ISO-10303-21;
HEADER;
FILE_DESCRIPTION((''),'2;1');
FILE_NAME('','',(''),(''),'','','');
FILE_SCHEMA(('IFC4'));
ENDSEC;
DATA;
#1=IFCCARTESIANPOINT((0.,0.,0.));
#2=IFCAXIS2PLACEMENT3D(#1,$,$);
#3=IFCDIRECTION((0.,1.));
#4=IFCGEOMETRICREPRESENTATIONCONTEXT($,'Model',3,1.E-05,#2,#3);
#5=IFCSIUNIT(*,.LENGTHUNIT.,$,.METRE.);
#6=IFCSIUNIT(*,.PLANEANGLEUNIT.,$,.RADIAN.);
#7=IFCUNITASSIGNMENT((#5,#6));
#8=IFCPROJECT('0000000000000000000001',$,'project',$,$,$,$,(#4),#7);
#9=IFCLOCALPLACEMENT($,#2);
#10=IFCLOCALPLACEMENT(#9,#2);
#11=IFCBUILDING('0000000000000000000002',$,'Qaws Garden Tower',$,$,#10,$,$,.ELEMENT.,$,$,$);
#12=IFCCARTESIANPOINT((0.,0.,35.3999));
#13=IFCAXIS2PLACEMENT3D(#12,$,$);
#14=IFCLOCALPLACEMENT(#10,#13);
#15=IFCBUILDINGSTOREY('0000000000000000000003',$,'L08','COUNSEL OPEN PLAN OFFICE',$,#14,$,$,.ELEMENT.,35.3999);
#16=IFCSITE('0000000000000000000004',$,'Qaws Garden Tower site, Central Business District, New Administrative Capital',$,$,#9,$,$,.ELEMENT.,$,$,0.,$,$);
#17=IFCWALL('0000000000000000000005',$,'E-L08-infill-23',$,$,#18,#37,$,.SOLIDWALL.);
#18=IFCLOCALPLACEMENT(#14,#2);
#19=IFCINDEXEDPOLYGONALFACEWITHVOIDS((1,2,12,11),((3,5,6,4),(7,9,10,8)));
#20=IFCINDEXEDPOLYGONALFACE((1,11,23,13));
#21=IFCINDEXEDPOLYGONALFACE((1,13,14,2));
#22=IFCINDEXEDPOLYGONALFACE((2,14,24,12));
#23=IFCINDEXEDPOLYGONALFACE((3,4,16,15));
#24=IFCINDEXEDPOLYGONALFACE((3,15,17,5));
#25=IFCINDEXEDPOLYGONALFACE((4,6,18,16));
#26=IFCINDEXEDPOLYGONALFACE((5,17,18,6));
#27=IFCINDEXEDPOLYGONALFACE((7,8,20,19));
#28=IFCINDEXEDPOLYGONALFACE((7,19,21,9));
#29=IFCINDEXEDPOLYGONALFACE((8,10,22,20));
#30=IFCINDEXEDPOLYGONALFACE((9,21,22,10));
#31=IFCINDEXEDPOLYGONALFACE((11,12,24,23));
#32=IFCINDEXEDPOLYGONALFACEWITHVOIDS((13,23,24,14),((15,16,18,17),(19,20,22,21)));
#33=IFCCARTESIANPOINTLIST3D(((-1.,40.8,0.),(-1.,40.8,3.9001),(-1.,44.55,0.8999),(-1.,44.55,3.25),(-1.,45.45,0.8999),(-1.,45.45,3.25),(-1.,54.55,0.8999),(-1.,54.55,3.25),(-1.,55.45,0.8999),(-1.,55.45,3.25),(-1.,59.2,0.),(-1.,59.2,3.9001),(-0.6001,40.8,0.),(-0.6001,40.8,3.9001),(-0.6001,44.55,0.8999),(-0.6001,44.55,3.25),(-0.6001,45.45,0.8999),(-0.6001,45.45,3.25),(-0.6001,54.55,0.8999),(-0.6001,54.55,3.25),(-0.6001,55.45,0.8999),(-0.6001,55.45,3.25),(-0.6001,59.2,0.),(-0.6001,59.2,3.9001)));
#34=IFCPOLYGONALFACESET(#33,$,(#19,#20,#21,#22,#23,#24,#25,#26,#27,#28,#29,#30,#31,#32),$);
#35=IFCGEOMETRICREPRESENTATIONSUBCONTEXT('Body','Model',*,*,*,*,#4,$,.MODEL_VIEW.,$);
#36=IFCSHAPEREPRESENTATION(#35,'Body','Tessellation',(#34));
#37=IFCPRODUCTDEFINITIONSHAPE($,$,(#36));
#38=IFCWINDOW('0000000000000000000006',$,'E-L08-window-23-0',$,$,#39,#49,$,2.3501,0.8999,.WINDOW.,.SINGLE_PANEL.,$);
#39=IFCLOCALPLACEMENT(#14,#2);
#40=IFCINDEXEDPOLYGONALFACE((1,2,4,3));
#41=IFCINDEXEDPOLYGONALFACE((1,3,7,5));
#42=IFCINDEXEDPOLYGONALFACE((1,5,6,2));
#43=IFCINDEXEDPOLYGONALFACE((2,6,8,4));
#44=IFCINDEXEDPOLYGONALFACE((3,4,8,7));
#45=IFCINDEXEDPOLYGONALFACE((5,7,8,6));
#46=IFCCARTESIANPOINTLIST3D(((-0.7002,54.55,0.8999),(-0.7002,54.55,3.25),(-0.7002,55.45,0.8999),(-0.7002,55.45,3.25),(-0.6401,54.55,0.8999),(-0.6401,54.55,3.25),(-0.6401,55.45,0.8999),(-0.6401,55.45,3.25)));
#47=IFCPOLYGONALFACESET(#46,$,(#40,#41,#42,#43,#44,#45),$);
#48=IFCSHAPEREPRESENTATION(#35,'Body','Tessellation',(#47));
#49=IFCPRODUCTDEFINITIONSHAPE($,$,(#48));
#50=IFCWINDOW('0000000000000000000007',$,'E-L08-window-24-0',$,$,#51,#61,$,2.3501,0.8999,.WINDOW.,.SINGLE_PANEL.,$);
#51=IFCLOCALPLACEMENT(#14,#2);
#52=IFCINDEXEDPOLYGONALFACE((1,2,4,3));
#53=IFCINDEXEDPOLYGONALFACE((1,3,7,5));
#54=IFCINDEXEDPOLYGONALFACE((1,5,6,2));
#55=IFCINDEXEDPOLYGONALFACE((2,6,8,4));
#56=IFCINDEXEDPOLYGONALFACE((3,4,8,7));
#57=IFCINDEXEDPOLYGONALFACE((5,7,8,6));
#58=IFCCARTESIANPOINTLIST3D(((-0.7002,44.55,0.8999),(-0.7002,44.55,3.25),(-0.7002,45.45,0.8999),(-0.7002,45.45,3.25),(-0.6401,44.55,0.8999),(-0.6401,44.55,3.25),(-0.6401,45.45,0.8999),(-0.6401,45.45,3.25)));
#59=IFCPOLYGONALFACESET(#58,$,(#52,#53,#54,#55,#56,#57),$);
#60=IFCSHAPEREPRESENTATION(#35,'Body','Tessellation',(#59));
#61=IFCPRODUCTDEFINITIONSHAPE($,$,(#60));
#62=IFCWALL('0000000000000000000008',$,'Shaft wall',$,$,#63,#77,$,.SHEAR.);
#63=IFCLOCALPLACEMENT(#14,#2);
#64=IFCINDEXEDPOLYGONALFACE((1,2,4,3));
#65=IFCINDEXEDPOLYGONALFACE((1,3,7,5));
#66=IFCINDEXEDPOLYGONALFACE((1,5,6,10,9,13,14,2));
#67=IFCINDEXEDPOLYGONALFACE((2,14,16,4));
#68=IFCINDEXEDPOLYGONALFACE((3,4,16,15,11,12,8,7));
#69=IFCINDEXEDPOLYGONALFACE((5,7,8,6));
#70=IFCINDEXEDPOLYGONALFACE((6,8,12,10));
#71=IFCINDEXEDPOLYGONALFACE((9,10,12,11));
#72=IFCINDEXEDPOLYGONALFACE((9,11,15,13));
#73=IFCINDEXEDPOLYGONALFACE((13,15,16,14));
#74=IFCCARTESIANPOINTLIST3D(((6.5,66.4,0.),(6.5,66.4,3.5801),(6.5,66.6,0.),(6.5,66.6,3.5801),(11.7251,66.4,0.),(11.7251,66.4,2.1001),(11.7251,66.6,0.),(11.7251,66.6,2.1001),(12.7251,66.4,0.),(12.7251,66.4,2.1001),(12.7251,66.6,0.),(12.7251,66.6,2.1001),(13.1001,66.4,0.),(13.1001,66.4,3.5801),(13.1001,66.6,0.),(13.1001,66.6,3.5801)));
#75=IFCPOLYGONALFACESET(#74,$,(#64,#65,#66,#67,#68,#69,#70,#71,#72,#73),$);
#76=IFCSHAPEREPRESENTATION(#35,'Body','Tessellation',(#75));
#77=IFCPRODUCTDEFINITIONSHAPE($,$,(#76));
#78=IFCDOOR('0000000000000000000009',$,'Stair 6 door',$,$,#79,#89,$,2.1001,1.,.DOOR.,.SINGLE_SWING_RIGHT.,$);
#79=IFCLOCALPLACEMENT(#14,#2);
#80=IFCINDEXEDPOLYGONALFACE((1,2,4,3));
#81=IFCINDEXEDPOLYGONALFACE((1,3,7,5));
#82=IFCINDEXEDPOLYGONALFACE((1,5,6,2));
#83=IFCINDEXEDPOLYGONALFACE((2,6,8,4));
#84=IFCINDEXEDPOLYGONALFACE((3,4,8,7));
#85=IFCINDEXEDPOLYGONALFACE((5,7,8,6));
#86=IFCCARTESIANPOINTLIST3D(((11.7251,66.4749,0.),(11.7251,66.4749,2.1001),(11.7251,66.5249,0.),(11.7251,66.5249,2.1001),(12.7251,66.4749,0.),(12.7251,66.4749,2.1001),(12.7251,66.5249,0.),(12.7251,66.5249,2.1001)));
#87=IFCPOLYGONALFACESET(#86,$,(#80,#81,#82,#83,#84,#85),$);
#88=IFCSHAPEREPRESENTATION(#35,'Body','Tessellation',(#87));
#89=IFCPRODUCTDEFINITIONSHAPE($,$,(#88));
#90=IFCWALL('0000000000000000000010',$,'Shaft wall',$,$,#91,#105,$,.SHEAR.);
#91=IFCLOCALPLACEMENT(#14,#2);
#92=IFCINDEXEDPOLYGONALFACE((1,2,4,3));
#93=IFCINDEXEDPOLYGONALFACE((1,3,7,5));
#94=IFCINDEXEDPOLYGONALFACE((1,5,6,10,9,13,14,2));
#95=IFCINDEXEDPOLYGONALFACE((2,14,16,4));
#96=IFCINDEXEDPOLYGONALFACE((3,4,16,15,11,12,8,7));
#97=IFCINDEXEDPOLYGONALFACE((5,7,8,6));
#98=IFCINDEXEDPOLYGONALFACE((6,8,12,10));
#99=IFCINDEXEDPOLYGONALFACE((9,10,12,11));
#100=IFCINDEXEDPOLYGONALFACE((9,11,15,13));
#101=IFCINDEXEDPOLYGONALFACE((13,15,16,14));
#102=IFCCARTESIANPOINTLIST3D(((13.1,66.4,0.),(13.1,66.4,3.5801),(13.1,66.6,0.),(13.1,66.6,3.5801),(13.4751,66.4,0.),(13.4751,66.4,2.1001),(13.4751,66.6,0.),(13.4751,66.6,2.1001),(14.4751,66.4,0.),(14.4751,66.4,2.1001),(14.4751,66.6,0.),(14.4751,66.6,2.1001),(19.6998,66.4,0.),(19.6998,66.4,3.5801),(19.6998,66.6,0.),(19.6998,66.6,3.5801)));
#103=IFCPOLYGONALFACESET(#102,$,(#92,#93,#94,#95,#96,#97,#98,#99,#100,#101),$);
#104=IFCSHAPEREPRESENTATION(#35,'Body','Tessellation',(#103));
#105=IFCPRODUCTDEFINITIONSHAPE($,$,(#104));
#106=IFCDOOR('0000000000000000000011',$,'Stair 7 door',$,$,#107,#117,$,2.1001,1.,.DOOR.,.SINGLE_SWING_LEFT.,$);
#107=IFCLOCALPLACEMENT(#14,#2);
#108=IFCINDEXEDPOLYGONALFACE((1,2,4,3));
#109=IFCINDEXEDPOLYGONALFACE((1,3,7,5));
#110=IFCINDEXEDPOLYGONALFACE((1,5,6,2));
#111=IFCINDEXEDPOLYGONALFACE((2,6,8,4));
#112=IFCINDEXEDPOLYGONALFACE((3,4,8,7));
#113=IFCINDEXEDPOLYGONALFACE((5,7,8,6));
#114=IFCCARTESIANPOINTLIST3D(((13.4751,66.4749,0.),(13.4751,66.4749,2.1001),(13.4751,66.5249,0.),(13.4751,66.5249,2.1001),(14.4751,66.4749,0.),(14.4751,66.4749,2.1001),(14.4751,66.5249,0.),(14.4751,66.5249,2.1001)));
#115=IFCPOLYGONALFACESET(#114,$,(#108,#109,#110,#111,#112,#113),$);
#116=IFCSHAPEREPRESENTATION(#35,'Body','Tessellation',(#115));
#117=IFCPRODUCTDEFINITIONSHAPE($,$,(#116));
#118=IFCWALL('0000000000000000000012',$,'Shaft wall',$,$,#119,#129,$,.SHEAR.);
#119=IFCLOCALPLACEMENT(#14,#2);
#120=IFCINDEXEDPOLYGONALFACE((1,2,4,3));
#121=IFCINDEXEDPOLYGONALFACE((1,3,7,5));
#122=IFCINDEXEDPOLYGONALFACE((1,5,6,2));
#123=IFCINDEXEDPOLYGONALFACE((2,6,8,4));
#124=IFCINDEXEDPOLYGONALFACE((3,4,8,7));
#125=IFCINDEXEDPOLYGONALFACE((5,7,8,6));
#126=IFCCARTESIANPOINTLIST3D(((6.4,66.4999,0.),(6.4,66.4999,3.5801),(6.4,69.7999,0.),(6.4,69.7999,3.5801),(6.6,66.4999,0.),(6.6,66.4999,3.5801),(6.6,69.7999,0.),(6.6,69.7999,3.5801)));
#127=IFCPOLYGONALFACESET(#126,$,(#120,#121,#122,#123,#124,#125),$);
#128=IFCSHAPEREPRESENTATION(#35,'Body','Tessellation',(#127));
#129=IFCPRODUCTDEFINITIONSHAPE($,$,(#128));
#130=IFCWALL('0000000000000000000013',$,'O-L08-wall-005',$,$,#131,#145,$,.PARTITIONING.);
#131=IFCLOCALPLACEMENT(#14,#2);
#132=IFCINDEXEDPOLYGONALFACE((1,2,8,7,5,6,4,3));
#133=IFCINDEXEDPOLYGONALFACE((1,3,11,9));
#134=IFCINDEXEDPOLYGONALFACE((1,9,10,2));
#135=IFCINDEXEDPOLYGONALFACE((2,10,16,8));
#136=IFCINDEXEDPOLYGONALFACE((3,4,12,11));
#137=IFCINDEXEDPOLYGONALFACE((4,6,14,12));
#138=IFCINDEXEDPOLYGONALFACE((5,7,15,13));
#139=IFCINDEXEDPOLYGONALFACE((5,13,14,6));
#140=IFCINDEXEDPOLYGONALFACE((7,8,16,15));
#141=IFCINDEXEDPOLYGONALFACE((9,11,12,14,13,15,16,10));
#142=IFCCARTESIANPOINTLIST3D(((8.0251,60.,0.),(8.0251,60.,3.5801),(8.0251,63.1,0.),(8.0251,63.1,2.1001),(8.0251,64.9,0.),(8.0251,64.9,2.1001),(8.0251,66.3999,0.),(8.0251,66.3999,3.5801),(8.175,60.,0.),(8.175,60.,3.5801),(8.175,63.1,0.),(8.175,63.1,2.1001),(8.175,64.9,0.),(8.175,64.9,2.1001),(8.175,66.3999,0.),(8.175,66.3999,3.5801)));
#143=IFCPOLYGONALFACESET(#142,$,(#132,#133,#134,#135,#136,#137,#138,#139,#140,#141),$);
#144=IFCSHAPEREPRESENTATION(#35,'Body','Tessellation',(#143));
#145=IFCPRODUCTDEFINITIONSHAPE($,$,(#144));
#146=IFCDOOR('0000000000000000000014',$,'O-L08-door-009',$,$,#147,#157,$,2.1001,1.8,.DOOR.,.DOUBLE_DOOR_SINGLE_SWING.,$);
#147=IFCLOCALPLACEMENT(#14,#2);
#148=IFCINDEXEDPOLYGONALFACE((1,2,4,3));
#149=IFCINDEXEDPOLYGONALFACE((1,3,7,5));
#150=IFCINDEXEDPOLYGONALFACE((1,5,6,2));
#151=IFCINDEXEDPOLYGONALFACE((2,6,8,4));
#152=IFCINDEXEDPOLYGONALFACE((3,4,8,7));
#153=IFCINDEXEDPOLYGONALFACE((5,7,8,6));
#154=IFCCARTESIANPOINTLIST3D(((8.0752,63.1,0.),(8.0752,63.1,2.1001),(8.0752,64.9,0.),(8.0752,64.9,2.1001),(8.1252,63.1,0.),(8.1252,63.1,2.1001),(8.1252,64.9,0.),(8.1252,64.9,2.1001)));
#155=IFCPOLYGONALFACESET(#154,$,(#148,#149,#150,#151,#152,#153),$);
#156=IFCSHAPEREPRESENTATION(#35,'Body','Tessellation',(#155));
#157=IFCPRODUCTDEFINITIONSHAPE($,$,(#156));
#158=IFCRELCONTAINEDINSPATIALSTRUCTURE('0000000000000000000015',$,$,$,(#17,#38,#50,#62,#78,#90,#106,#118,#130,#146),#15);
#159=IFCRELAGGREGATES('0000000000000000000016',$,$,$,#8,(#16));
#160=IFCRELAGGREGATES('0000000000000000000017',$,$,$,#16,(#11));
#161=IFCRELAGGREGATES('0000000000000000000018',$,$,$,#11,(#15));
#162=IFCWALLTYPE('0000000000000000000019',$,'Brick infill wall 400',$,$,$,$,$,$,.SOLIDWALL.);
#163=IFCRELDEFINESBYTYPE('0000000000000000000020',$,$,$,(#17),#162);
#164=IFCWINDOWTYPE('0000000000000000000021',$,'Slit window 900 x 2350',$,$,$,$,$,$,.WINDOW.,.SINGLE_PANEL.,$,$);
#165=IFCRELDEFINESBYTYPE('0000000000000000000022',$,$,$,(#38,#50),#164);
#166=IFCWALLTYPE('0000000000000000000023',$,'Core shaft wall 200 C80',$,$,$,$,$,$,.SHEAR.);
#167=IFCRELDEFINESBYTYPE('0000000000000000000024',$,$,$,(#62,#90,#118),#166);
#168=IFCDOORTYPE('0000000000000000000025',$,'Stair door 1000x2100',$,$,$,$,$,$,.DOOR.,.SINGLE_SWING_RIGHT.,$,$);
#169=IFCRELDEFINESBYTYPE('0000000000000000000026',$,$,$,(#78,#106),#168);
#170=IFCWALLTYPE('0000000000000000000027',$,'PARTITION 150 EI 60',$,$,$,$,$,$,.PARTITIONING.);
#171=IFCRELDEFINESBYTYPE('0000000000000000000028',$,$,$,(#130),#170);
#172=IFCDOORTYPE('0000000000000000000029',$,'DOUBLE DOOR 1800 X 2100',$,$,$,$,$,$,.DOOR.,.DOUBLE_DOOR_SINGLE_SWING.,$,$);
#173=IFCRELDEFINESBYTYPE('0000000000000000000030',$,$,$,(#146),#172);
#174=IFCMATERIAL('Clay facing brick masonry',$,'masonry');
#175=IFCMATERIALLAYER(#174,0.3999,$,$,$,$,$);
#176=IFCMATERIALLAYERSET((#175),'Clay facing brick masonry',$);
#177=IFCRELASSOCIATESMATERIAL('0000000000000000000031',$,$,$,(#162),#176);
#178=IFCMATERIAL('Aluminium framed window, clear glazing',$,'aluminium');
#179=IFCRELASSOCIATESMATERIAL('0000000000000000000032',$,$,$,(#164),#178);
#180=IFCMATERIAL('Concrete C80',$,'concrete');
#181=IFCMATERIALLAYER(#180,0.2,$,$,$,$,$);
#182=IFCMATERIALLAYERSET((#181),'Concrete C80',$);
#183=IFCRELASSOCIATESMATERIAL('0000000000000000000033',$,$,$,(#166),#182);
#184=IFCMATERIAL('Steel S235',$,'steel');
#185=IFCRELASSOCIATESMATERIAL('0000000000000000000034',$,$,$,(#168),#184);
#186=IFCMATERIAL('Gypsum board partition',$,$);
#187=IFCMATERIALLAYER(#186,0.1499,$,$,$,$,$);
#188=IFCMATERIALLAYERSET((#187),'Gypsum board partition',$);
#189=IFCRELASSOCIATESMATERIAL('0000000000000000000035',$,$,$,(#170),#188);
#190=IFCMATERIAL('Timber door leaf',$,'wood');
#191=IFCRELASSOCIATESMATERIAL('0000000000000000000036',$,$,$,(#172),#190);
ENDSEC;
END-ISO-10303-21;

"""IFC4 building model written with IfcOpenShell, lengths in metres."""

from ifc_helpers import new_model, si_unit, direction, frame, frame_2d, origin, place, context, subcontext, project, spatial, rectangle, extrude, material, layer, layer_set, type_object, element, fill, save


model = new_model("IFC4")

# Units and contexts
model_context = context("Model", 3, precision=1e-05, world=origin(), true_north=direction((0.0, 1.0)))
body_context = subcontext(model_context, "Body", "Model", "MODEL_VIEW")
ifc_project = project(units=[si_unit("LENGTHUNIT", "METRE"), si_unit("PLANEANGLEUNIT", "RADIAN")], contexts=[model_context])

# Site, building, storey
site_placement = place(None, origin())
site = spatial("IfcSite", under=ifc_project, at=site_placement, Name="Qaws Garden Tower site, Central Business District, New Administrative Capital", CompositionType="ELEMENT", RefElevation=0.0)
building_placement = place(site_placement, origin())
building = spatial("IfcBuilding", under=site, at=building_placement, Name="Qaws Garden Tower", CompositionType="ELEMENT")
storey_placement = place(building_placement, frame((0.0, 0.0, 35.3999)))
storey = spatial("IfcBuildingStorey", under=building, at=storey_placement, Name="L08", Description="COUNSEL OPEN PLAN OFFICE", CompositionType="ELEMENT", Elevation=35.3999)

# Shared definitions
ifc_material_1 = material(Name="Clay facing brick masonry", Category="masonry")
ifc_layer_1 = layer(ifc_material_1, 0.3999)
ifc_layer_set_1 = layer_set([ifc_layer_1], Name="Clay facing brick masonry")
wall_type_1 = type_object("IfcWallType", Name="Brick infill wall 400", PredefinedType="SOLIDWALL", material=ifc_layer_set_1)

# Wall, openings, windows
wall_1_placement = place(storey_placement, frame((-0.8, 59.2, 0.0), z_axis=(0.0, 0.0, 1.0), x_axis=(0.0, -1.0, 0.0)))
wall_1 = element("IfcWall", 1, at=wall_1_placement, inside=storey, type_object=wall_type_1, Name="E-L08-infill-23", PredefinedType="SOLIDWALL", context=body_context, shape_type="SweptSolid", body=[
    extrude(rectangle(XDim=18.3999, YDim=0.3999, at=frame_2d((9.2, 0.0))), origin(), (0.0, 0.0, 1.0), 3.9001),
])
opening_1_placement = place(wall_1_placement, frame((3.75, 0.0, 0.8999)))
opening_1 = element("IfcOpeningElement", 2, at=opening_1_placement, cuts=wall_1, PredefinedType="OPENING", context=body_context, shape_type="SweptSolid", body=[
    extrude(rectangle(XDim=0.8999, YDim=2.3501, at=frame_2d((0.45, 1.175))), frame((0.0, 0.21, 0.0), z_axis=(0.0, -1.0, 0.0), x_axis=(1.0, 0.0, 0.0)), (0.0, 0.0, 1.0), 0.4199),
])
opening_2_placement = place(wall_1_placement, frame((13.75, 0.0, 0.8999)))
opening_2 = element("IfcOpeningElement", 3, at=opening_2_placement, cuts=wall_1, PredefinedType="OPENING", context=body_context, shape_type="SweptSolid", body=[
    extrude(rectangle(XDim=0.8999, YDim=2.3501, at=frame_2d((0.45, 1.175))), frame((0.0, 0.21, 0.0), z_axis=(0.0, -1.0, 0.0), x_axis=(1.0, 0.0, 0.0)), (0.0, 0.0, 1.0), 0.4199),
])
ifc_material_2 = material(Name="Aluminium framed window, clear glazing", Category="aluminium")
window_type_1 = type_object("IfcWindowType", Name="Slit window 900 x 2350", PartitioningType="SINGLE_PANEL", PredefinedType="WINDOW", material=ifc_material_2)
window_1_placement = place(opening_1_placement, origin())
window_1 = element("IfcWindow", 4, at=window_1_placement, inside=storey, type_object=window_type_1, Name="E-L08-window-23-0", OverallHeight=2.3501, OverallWidth=0.8999, PartitioningType="SINGLE_PANEL", PredefinedType="WINDOW", context=body_context, shape_type="SweptSolid", body=[
    extrude(rectangle(XDim=0.8999, YDim=2.3501, at=frame_2d((0.45, 1.175))), frame((0.0, 0.1599, 0.0), z_axis=(0.0, -1.0, 0.0), x_axis=(1.0, 0.0, 0.0)), (0.0, 0.0, 1.0), 0.0601),
])
fill(opening_1, window_1)
window_2_placement = place(opening_2_placement, origin())
window_2 = element("IfcWindow", 5, at=window_2_placement, inside=storey, type_object=window_type_1, Name="E-L08-window-24-0", OverallHeight=2.3501, OverallWidth=0.8999, PartitioningType="SINGLE_PANEL", PredefinedType="WINDOW", context=body_context, shape_type="SweptSolid", body=[
    extrude(rectangle(XDim=0.8999, YDim=2.3501, at=frame_2d((0.45, 1.175))), frame((0.0, 0.1599, 0.0), z_axis=(0.0, -1.0, 0.0), x_axis=(1.0, 0.0, 0.0)), (0.0, 0.0, 1.0), 0.0601),
])
fill(opening_2, window_2)

# Walls, openings, doors
ifc_material_3 = material(Name="Concrete C80", Category="concrete")
ifc_layer_2 = layer(ifc_material_3, 0.2)
ifc_layer_set_2 = layer_set([ifc_layer_2], Name="Concrete C80")
wall_type_2 = type_object("IfcWallType", Name="Core shaft wall 200 C80", PredefinedType="SHEAR", material=ifc_layer_set_2)
wall_2_placement = place(storey_placement, frame((6.5, 66.5, 0.0), z_axis=(0.0, 0.0, 1.0), x_axis=(1.0, 0.0, 0.0)))
wall_2 = element("IfcWall", 6, at=wall_2_placement, inside=storey, type_object=wall_type_2, Name="Shaft wall", PredefinedType="SHEAR", context=body_context, shape_type="SweptSolid", body=[
    extrude(rectangle(XDim=6.6001, YDim=0.2, at=frame_2d((3.3, 0.0))), origin(), (0.0, 0.0, 1.0), 3.5801),
])
opening_3_placement = place(wall_2_placement, frame((5.2251, 0.0, 0.0)))
opening_3 = element("IfcOpeningElement", 7, at=opening_3_placement, cuts=wall_2, PredefinedType="OPENING", context=body_context, shape_type="SweptSolid", body=[
    extrude(rectangle(XDim=1.0, YDim=2.1001, at=frame_2d((0.5, 1.05))), frame((0.0, 0.1099, 0.0), z_axis=(0.0, -1.0, 0.0), x_axis=(1.0, 0.0, 0.0)), (0.0, 0.0, 1.0), 0.22),
])
ifc_material_4 = material(Name="Steel S235", Category="steel")
door_type_1 = type_object("IfcDoorType", Name="Stair door 1000x2100", OperationType="SINGLE_SWING_RIGHT", PredefinedType="DOOR", material=ifc_material_4)
door_1_placement = place(opening_3_placement, origin())
door_1 = element("IfcDoor", 8, at=door_1_placement, inside=storey, type_object=door_type_1, Name="Stair 6 door", OperationType="SINGLE_SWING_RIGHT", OverallHeight=2.1001, OverallWidth=1.0, PredefinedType="DOOR", context=body_context, shape_type="SweptSolid", body=[
    extrude(rectangle(XDim=1.0, YDim=2.1001, at=frame_2d((0.5, 1.05))), frame((0.0, 0.0249, 0.0), z_axis=(0.0, -1.0, 0.0), x_axis=(1.0, 0.0, 0.0)), (0.0, 0.0, 1.0), 0.05),
])
fill(opening_3, door_1)
wall_3_placement = place(storey_placement, frame((13.1001, 66.5, 0.0), z_axis=(0.0, 0.0, 1.0), x_axis=(1.0, 0.0, 0.0)))
wall_3 = element("IfcWall", 9, at=wall_3_placement, inside=storey, type_object=wall_type_2, Name="Shaft wall", PredefinedType="SHEAR", context=body_context, shape_type="SweptSolid", body=[
    extrude(rectangle(XDim=6.5999, YDim=0.2, at=frame_2d((3.2998, 0.0))), origin(), (0.0, 0.0, 1.0), 3.5801),
])
opening_4_placement = place(wall_3_placement, frame((0.375, 0.0, 0.0)))
opening_4 = element("IfcOpeningElement", 10, at=opening_4_placement, cuts=wall_3, PredefinedType="OPENING", context=body_context, shape_type="SweptSolid", body=[
    extrude(rectangle(XDim=1.0, YDim=2.1001, at=frame_2d((0.5, 1.05))), frame((0.0, 0.1099, 0.0), z_axis=(0.0, -1.0, 0.0), x_axis=(1.0, 0.0, 0.0)), (0.0, 0.0, 1.0), 0.22),
])
door_2_placement = place(opening_4_placement, origin())
door_2 = element("IfcDoor", 11, at=door_2_placement, inside=storey, type_object=door_type_1, Name="Stair 7 door", OperationType="SINGLE_SWING_LEFT", OverallHeight=2.1001, OverallWidth=1.0, PredefinedType="DOOR", context=body_context, shape_type="SweptSolid", body=[
    extrude(rectangle(XDim=1.0, YDim=2.1001, at=frame_2d((0.5, 1.05))), frame((0.0, 0.0249, 0.0), z_axis=(0.0, -1.0, 0.0), x_axis=(1.0, 0.0, 0.0)), (0.0, 0.0, 1.0), 0.05),
])
fill(opening_4, door_2)

# Wall
wall_4_placement = place(storey_placement, frame((6.5, 66.5, 0.0), z_axis=(0.0, 0.0, 1.0), x_axis=(0.0, 1.0, 0.0)))
element("IfcWall", 12, at=wall_4_placement, inside=storey, type_object=wall_type_2, Name="Shaft wall", PredefinedType="SHEAR", context=body_context, shape_type="SweptSolid", body=[
    extrude(rectangle(XDim=3.3, YDim=0.2, at=frame_2d((1.6499, 0.0))), origin(), (0.0, 0.0, 1.0), 3.5801),
])

# Wall, opening, door
ifc_material_5 = material(Name="Gypsum board partition")
ifc_layer_3 = layer(ifc_material_5, 0.1499)
ifc_layer_set_3 = layer_set([ifc_layer_3], Name="Gypsum board partition")
wall_type_3 = type_object("IfcWallType", Name="PARTITION 150 EI 60", PredefinedType="PARTITIONING", material=ifc_layer_set_3)
wall_5_placement = place(storey_placement, frame((8.1001, 60.0, 0.0), z_axis=(0.0, 0.0, 1.0), x_axis=(0.0, 1.0, 0.0)))
wall_5 = element("IfcWall", 13, at=wall_5_placement, inside=storey, type_object=wall_type_3, Name="O-L08-wall-005", PredefinedType="PARTITIONING", context=body_context, shape_type="SweptSolid", body=[
    extrude(rectangle(XDim=6.3999, YDim=0.1499, at=frame_2d((3.2, 0.0))), origin(), (0.0, 0.0, 1.0), 3.5801),
])
opening_5_placement = place(wall_5_placement, frame((3.1001, 0.0, 0.0)))
opening_5 = element("IfcOpeningElement", 14, at=opening_5_placement, cuts=wall_5, PredefinedType="OPENING", context=body_context, shape_type="SweptSolid", body=[
    extrude(rectangle(XDim=1.8, YDim=2.1001, at=frame_2d((0.8999, 1.05))), frame((0.0, 0.085, 0.0), z_axis=(0.0, -1.0, 0.0), x_axis=(1.0, 0.0, 0.0)), (0.0, 0.0, 1.0), 0.1699),
])
ifc_material_6 = material(Name="Timber door leaf", Category="wood")
door_type_2 = type_object("IfcDoorType", Name="DOUBLE DOOR 1800 X 2100", OperationType="DOUBLE_DOOR_SINGLE_SWING", PredefinedType="DOOR", material=ifc_material_6)
door_3_placement = place(opening_5_placement, origin())
door_3 = element("IfcDoor", 15, at=door_3_placement, inside=storey, type_object=door_type_2, Name="O-L08-door-009", OperationType="DOUBLE_DOOR_SINGLE_SWING", OverallHeight=2.1001, OverallWidth=1.8, PredefinedType="DOOR", context=body_context, shape_type="SweptSolid", body=[
    extrude(rectangle(XDim=1.8, YDim=2.1001, at=frame_2d((0.8999, 1.05))), frame((0.0, 0.0249, 0.0), z_axis=(0.0, -1.0, 0.0), x_axis=(1.0, 0.0, 0.0)), (0.0, 0.0, 1.0), 0.05),
])
fill(opening_5, door_3)

save(model, "model.ifc")
